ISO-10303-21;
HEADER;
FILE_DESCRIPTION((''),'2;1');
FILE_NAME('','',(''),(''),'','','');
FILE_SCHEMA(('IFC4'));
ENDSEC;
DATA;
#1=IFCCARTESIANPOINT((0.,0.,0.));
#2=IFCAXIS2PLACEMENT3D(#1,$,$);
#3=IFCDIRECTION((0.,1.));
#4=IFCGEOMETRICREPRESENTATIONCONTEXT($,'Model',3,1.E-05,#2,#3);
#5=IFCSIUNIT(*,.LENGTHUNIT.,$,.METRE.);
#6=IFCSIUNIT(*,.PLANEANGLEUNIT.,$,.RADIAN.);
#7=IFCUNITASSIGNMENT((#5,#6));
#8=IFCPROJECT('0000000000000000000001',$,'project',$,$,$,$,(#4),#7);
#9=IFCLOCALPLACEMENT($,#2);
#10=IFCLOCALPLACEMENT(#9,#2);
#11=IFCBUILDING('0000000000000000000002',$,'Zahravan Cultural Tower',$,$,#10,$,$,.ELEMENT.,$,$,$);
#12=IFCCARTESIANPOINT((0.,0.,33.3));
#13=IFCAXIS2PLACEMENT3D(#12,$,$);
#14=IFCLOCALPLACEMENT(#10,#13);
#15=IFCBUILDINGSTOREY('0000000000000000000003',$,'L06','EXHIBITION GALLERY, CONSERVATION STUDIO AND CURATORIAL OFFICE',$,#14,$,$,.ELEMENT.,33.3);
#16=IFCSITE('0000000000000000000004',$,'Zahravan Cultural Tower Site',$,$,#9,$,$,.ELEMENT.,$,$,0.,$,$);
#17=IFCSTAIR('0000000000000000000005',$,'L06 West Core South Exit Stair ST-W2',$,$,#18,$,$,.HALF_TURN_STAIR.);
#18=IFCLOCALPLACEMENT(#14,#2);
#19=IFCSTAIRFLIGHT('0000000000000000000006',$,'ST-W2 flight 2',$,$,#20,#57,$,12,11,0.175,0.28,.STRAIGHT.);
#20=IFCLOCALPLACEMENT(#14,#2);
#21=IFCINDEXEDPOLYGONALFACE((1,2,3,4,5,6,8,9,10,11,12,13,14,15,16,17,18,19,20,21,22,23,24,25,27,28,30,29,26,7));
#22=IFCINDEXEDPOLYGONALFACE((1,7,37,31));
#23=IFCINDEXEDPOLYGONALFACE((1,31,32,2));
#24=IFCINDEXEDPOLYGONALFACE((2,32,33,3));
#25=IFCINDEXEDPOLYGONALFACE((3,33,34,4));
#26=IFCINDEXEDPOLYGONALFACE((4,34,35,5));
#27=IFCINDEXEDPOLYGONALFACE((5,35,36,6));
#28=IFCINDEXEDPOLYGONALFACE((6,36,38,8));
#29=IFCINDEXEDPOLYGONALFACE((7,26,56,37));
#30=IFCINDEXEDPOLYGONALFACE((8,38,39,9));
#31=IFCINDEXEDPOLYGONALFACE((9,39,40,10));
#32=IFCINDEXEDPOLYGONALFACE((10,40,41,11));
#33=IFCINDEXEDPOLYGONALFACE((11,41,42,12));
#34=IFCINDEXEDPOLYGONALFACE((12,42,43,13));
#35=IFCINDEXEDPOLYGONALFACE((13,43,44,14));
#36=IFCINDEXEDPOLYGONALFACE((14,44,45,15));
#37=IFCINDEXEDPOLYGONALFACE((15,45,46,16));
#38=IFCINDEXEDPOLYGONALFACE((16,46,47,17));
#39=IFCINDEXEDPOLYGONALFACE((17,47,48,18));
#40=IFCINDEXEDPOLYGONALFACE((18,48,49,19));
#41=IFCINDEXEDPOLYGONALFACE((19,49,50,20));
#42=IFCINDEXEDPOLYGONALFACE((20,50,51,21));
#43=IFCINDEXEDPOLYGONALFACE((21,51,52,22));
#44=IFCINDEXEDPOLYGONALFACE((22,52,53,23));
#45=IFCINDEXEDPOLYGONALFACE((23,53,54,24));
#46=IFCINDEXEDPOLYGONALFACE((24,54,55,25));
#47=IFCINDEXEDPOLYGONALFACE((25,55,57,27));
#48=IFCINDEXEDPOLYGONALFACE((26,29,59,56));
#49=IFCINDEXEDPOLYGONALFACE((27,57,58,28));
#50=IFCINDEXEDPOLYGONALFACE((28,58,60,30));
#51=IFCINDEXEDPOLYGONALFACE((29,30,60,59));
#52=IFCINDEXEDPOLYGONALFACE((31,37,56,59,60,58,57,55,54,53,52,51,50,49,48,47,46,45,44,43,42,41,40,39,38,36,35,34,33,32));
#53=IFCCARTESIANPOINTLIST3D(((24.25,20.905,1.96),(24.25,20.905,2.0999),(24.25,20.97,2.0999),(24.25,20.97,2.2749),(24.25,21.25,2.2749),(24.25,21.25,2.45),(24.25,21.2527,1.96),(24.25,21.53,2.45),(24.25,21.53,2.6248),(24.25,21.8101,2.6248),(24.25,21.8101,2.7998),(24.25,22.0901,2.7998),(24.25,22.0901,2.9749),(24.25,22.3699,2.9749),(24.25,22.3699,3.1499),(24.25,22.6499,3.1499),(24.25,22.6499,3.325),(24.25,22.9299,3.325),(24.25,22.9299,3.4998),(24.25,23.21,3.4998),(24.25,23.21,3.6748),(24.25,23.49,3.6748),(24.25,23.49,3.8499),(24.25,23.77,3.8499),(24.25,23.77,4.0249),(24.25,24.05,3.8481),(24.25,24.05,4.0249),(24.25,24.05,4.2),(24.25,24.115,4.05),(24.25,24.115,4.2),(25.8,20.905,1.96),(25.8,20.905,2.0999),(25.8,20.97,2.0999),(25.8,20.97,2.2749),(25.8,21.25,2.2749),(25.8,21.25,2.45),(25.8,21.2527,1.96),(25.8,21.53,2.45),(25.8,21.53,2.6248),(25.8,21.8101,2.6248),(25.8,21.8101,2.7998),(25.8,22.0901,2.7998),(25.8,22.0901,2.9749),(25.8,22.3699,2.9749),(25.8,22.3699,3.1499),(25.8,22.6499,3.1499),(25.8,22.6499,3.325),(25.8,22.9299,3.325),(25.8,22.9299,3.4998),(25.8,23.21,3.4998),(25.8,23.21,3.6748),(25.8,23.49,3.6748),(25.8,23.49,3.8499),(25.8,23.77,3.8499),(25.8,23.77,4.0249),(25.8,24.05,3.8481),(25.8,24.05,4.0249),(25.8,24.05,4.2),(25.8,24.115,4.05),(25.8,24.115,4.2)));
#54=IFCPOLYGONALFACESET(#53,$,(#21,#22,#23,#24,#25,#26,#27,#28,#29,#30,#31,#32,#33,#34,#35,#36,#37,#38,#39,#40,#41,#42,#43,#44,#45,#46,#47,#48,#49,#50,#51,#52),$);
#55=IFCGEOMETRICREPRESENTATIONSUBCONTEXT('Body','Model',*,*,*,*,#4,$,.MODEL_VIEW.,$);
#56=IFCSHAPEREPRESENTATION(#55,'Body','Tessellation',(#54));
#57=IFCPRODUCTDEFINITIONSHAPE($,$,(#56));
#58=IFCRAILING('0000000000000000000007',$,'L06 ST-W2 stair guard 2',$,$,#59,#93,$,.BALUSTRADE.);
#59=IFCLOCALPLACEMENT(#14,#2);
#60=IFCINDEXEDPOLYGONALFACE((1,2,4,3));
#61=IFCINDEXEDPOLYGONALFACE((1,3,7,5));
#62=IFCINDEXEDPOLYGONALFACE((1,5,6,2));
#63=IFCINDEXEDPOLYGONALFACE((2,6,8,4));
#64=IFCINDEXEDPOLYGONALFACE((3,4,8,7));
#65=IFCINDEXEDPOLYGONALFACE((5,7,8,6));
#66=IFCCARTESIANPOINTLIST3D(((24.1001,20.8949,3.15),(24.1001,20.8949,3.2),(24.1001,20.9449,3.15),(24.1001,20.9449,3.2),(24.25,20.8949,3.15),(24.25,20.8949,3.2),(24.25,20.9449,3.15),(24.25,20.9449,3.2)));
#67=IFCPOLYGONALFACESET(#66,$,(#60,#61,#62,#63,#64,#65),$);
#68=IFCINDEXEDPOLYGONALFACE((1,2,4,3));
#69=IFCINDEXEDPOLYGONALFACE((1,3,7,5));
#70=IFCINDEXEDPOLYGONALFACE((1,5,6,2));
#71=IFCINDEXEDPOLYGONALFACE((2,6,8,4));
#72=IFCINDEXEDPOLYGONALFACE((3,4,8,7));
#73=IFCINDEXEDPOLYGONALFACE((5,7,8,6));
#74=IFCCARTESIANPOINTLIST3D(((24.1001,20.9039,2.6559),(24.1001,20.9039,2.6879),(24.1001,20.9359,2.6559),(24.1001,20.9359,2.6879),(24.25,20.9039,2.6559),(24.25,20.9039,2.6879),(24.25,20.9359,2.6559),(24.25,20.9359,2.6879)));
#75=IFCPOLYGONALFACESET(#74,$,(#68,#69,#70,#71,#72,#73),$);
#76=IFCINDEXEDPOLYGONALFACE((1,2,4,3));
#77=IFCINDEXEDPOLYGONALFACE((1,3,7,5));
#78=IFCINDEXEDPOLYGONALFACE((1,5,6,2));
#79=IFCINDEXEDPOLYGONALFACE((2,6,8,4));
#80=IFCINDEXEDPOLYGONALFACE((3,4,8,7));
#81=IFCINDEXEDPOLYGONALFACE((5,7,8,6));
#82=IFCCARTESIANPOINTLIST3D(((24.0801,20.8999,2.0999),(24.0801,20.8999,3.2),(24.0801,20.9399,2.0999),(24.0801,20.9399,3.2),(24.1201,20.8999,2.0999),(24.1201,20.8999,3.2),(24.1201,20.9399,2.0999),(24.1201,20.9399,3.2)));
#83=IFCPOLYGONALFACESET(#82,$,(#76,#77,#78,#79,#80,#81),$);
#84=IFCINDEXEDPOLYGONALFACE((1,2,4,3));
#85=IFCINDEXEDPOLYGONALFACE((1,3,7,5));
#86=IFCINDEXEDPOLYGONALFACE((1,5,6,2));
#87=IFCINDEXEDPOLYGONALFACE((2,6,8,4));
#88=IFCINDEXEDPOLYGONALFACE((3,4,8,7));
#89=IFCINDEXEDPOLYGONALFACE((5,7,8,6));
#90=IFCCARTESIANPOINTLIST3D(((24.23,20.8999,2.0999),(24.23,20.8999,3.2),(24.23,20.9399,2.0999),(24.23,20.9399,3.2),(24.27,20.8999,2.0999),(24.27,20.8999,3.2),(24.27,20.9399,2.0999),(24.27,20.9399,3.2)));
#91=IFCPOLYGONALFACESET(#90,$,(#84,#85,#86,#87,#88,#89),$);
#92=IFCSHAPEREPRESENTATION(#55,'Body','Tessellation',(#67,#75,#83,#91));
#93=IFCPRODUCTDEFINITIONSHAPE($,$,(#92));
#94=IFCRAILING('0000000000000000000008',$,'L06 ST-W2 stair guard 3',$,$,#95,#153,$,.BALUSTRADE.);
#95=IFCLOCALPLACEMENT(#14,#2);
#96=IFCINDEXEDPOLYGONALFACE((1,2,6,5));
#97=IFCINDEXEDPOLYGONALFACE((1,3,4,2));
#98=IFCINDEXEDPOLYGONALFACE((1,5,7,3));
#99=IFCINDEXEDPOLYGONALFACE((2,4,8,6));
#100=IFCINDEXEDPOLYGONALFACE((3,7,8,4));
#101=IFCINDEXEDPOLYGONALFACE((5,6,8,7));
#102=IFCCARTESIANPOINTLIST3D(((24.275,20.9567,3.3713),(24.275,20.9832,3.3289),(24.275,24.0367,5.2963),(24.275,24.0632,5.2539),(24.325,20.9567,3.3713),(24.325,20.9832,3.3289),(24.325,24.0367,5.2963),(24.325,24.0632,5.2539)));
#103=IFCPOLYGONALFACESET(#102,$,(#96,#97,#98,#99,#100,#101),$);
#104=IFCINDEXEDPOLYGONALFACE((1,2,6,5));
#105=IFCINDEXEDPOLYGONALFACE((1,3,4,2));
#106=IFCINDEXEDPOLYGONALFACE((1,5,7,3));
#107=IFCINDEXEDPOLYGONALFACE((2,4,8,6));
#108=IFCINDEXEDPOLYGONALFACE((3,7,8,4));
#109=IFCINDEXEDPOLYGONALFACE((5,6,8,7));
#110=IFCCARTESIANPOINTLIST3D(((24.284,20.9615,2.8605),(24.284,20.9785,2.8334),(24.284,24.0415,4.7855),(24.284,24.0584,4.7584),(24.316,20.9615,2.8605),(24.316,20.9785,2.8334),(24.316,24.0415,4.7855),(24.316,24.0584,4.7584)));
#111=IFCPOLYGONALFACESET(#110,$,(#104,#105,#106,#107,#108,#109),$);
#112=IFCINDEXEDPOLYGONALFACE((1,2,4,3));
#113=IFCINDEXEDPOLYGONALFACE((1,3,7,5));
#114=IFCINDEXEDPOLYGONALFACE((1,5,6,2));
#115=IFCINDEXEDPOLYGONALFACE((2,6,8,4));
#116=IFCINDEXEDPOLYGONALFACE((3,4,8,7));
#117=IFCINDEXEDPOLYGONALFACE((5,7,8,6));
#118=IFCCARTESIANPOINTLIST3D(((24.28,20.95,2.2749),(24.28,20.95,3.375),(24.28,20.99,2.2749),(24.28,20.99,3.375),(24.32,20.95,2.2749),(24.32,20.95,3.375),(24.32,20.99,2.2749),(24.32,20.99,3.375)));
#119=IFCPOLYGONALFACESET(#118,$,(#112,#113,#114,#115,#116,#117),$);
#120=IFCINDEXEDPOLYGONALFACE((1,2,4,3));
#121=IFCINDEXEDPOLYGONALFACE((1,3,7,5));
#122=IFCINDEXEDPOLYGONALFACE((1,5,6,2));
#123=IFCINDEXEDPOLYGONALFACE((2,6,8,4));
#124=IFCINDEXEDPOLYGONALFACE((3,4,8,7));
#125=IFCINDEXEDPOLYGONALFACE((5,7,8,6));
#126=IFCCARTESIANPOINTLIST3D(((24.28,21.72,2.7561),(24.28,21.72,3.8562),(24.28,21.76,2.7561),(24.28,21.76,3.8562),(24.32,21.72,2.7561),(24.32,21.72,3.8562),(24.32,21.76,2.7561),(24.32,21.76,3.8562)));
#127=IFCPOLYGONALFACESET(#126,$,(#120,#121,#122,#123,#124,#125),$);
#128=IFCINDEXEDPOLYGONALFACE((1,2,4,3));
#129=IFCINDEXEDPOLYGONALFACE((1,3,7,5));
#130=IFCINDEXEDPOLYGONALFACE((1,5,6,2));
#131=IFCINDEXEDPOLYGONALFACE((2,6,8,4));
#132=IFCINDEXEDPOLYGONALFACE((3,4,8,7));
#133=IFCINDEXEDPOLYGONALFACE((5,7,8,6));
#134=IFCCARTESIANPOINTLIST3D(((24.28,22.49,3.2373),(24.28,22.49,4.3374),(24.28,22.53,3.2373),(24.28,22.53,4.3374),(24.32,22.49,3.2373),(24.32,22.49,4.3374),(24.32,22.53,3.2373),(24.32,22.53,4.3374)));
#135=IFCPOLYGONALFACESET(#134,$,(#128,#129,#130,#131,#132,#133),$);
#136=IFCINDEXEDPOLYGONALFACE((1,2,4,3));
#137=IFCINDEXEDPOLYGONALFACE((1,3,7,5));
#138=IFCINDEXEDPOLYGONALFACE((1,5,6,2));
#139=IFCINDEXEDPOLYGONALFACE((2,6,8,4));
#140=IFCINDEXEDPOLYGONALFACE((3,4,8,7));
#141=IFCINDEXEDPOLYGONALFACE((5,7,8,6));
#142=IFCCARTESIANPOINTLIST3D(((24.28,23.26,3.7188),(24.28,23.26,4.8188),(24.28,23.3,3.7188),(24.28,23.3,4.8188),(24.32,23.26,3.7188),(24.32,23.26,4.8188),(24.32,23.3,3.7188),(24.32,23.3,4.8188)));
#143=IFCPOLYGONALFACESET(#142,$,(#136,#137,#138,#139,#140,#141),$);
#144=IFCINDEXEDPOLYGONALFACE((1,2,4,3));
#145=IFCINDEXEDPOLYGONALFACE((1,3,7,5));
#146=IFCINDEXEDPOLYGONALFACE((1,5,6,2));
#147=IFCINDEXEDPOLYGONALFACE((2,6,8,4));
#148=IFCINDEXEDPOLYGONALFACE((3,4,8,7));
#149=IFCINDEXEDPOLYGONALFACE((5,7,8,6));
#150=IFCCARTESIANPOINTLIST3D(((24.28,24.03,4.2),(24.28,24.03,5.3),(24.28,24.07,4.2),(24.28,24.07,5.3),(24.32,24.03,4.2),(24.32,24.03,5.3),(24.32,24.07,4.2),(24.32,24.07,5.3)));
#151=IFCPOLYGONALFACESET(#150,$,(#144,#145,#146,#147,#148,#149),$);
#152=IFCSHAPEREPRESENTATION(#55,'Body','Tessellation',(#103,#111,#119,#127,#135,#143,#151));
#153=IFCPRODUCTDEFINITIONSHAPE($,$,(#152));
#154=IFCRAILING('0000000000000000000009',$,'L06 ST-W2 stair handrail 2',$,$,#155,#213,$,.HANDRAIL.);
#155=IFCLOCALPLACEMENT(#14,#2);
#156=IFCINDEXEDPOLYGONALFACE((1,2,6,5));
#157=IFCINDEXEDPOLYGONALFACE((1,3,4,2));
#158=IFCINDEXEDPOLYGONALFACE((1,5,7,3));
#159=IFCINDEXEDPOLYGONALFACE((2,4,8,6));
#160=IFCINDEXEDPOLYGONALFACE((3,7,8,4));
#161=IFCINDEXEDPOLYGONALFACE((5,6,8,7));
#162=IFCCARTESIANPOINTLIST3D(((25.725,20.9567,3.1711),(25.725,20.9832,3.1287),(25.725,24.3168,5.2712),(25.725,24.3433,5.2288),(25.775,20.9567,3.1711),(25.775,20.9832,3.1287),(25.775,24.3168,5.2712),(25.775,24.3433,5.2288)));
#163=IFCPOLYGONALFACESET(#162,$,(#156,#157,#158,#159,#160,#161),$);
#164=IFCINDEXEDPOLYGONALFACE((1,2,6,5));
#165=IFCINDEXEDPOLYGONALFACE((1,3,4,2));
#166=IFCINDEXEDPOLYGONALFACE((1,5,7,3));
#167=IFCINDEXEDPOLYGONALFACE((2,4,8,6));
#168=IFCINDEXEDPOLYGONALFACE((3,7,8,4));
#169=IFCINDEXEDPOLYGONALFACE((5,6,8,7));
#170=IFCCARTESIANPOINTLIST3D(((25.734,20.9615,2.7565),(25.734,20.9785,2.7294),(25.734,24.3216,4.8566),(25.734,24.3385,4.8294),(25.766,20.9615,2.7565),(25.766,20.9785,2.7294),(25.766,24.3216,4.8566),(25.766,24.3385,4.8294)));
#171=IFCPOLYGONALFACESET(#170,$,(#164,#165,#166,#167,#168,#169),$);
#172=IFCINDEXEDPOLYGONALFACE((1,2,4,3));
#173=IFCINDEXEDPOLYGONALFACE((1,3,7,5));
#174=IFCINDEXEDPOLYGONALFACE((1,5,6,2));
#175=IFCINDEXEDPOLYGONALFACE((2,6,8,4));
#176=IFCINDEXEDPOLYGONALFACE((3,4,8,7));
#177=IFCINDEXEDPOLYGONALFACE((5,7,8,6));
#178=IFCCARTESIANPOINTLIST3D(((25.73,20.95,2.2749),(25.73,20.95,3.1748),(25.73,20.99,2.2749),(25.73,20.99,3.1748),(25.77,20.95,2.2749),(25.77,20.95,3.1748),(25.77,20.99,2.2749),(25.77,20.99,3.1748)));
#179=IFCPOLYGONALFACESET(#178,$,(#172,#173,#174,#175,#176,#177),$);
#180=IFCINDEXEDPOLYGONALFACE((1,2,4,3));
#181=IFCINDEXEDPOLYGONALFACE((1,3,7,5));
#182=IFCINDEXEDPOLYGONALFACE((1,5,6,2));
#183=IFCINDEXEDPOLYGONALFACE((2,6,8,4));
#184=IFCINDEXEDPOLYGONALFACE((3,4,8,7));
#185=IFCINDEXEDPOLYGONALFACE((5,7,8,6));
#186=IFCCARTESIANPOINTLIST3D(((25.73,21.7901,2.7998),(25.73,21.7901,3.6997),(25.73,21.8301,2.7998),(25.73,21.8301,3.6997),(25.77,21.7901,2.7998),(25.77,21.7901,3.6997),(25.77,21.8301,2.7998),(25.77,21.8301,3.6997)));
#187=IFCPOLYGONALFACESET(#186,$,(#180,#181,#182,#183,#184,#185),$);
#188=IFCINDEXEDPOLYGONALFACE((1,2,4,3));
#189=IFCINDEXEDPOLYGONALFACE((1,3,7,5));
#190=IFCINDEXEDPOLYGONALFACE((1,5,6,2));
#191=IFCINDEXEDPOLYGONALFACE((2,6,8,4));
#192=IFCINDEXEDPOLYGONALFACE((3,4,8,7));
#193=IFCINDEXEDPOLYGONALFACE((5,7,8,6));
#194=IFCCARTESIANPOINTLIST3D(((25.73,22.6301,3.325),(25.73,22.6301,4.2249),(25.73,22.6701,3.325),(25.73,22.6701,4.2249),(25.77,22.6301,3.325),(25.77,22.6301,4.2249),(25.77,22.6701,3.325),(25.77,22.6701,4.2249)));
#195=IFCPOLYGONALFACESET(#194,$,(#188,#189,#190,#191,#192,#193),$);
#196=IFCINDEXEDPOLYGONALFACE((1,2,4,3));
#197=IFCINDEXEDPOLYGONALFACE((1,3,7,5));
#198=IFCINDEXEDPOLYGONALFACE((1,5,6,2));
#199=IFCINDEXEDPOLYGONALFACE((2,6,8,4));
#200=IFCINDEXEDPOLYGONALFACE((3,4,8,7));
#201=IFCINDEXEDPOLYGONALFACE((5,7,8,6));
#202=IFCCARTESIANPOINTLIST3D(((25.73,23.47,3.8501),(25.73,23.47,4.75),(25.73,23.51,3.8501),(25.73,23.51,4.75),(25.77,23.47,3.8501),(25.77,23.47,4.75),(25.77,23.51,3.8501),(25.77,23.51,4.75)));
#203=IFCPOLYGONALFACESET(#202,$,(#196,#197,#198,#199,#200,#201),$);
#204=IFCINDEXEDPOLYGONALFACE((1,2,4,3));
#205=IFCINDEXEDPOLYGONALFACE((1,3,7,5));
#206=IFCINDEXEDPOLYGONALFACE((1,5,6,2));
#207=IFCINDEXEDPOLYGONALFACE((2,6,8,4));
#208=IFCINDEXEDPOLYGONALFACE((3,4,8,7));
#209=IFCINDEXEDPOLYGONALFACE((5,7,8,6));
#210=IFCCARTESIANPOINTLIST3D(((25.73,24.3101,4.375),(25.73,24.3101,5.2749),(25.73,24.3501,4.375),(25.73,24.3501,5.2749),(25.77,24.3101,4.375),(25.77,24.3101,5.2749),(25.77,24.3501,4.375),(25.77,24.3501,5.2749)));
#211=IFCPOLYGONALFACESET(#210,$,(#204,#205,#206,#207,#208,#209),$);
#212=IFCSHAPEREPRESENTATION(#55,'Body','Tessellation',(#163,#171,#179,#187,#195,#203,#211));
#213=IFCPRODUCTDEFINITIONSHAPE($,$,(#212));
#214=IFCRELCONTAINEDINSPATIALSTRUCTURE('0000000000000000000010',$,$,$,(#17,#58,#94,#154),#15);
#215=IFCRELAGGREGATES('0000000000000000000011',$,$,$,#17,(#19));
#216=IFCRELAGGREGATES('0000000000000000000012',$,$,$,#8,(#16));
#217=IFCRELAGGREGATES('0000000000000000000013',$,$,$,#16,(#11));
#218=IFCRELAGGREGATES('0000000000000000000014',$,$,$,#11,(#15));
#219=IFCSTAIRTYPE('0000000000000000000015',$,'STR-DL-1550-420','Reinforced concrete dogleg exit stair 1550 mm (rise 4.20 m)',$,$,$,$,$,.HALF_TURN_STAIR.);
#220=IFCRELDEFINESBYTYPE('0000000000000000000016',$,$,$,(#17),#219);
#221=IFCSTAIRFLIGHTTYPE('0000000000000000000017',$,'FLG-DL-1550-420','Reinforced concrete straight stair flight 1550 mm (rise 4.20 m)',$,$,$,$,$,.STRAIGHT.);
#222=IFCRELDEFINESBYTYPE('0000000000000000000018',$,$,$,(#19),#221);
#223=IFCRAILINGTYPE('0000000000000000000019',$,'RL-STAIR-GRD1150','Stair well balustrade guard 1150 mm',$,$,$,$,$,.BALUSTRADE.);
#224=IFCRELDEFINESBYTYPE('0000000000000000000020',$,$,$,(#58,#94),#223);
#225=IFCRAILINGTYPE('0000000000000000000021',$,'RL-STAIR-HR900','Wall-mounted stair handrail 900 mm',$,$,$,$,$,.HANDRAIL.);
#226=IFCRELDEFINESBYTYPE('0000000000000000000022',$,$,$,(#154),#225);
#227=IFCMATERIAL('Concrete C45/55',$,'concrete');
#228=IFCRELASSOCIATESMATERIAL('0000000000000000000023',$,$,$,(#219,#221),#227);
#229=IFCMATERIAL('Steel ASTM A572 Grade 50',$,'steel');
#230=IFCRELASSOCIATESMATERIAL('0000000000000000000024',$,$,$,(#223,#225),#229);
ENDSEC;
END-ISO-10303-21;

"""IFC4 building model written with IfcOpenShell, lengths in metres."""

from ifc_helpers import new_model, si_unit, direction, frame, origin, origin_2d, place, context, subcontext, project, spatial, polyline, rectangle, outline, extrude, material, type_object, element, aggregate, save


model = new_model("IFC4")

# Units and contexts
model_context = context("Model", 3, precision=1e-05, world=origin(), true_north=direction((0.0, 1.0)))
body_context = subcontext(model_context, "Body", "Model", "MODEL_VIEW")
ifc_project = project(units=[si_unit("LENGTHUNIT", "METRE"), si_unit("PLANEANGLEUNIT", "RADIAN")], contexts=[model_context])

# Site, building, storey
site_placement = place(None, origin())
site = spatial("IfcSite", under=ifc_project, at=site_placement, Name="Zahravan Cultural Tower Site", CompositionType="ELEMENT", RefElevation=0.0)
building_placement = place(site_placement, origin())
building = spatial("IfcBuilding", under=site, at=building_placement, Name="Zahravan Cultural Tower", CompositionType="ELEMENT")
storey_placement = place(building_placement, frame((0.0, 0.0, 33.3)))
storey = spatial("IfcBuildingStorey", under=building, at=storey_placement, Name="L06", Description="EXHIBITION GALLERY, CONSERVATION STUDIO AND CURATORIAL OFFICE", CompositionType="ELEMENT", Elevation=33.3)

# Shared definitions
ifc_material_1 = material(Name="Steel ASTM A572 Grade 50", Category="steel")

# Shared definitions
ifc_material_2 = material(Name="Concrete C45/55", Category="concrete")

# Stair, stair flight
stair_type = type_object("IfcStairType", Name="STR-DL-1550-420", Description="Reinforced concrete dogleg exit stair 1550 mm (rise 4.20 m)", PredefinedType="HALF_TURN_STAIR", material=ifc_material_2)
stair_placement = place(storey_placement, origin())
stair = element("IfcStair", 1, at=stair_placement, inside=storey, type_object=stair_type, Name="L06 West Core South Exit Stair ST-W2", PredefinedType="HALF_TURN_STAIR")
stair_flight_type = type_object("IfcStairFlightType", Name="FLG-DL-1550-420", Description="Reinforced concrete straight stair flight 1550 mm (rise 4.20 m)", PredefinedType="STRAIGHT", material=ifc_material_2)
stair_flight_placement = place(storey_placement, frame((25.0249, 20.97, 2.0999), z_axis=(0.0, 0.0, 1.0), x_axis=(0.0, 1.0, 0.0)))
stair_flight = element("IfcStairFlight", 2, at=stair_flight_placement, type_object=stair_flight_type, Name="ST-W2 flight 2", NumberOfRisers=12, NumberOfTreads=11, PredefinedType="STRAIGHT", RiserHeight=0.175, TreadLength=0.28, context=body_context, shape_type="SweptSolid", body=[
    extrude(outline(polyline([(-0.0649, -0.1399), (-0.0649, 0.0), (0.0, 0.0), (0.0, 0.175), (0.28, 0.175), (0.28, 0.3501), (0.5601, 0.3501), (0.5601, 0.5249), (0.8401, 0.5249), (0.8401, 0.7), (1.1201, 0.7), (1.1201, 0.875), (1.3999, 0.875), (1.3999, 1.05), (1.6799, 1.05), (1.6799, 1.2251), (1.96, 1.2251), (1.96, 1.3999), (2.24, 1.3999), (2.24, 1.575), (2.52, 1.575), (2.52, 1.75), (2.8, 1.75), (2.8, 1.925), (3.0801, 1.925), (3.0801, 2.1001), (3.145, 2.1001), (3.145, 1.9502), (3.0801, 1.7483), (0.2827, -0.1399), (-0.0649, -0.1399)])), frame((0.0, 0.7749, 0.0), z_axis=(0.0, -1.0, 0.0), x_axis=(1.0, 0.0, 0.0)), (0.0, 0.0, 1.0), 1.55),
])
aggregate(stair, [stair_flight])

# Railings
railing_type_1 = type_object("IfcRailingType", Name="RL-STAIR-GRD1150", Description="Stair well balustrade guard 1150 mm", PredefinedType="BALUSTRADE", material=ifc_material_1)
railing_1_placement = place(storey_placement, frame((24.1001, 20.9199, 2.0999)))
element("IfcRailing", 3, at=railing_1_placement, inside=storey, type_object=railing_type_1, Name="L06 ST-W2 stair guard 2", PredefinedType="BALUSTRADE", context=body_context, shape_type="SweptSolid", body=[
    extrude(rectangle(XDim=0.05, YDim=0.05, at=origin_2d()), frame((0.0, 0.0, 1.0752), z_axis=(1.0, 0.0, 0.0), x_axis=(0.0, 1.0, 0.0)), (0.0, 0.0, 1.0), 0.1499),
    extrude(rectangle(XDim=0.032, YDim=0.032, at=origin_2d()), frame((0.0, 0.0, 0.572), z_axis=(1.0, 0.0, 0.0), x_axis=(0.0, 1.0, 0.0)), (0.0, 0.0, 1.0), 0.1499),
    extrude(rectangle(XDim=0.04, YDim=0.04, at=origin_2d()), origin(), (0.0, 0.0, 1.0), 1.1001),
    extrude(rectangle(XDim=0.04, YDim=0.04, at=origin_2d()), frame((0.1499, 0.0, 0.0)), (0.0, 0.0, 1.0), 1.1001),
])
railing_2_placement = place(storey_placement, frame((24.3, 20.97, 2.2749)))
element("IfcRailing", 4, at=railing_2_placement, inside=storey, type_object=railing_type_1, Name="L06 ST-W2 stair guard 3", PredefinedType="BALUSTRADE", context=body_context, shape_type="SweptSolid", body=[
    extrude(rectangle(XDim=0.05, YDim=0.05, at=origin_2d()), frame((0.0, 0.0, 1.0752), z_axis=(0.0, 0.847998, 0.529999), x_axis=(-1.0, 0.0, 0.0)), (0.0, 0.0, 1.0), 3.6321),
    extrude(rectangle(XDim=0.032, YDim=0.032, at=origin_2d()), frame((0.0, 0.0, 0.572), z_axis=(0.0, 0.847998, 0.529999), x_axis=(-1.0, 0.0, 0.0)), (0.0, 0.0, 1.0), 3.6321),
    extrude(rectangle(XDim=0.04, YDim=0.04, at=origin_2d()), origin(), (0.0, 0.0, 1.0), 1.1001),
    extrude(rectangle(XDim=0.04, YDim=0.04, at=origin_2d()), frame((0.0, 0.77, 0.4812)), (0.0, 0.0, 1.0), 1.1001),
    extrude(rectangle(XDim=0.04, YDim=0.04, at=origin_2d()), frame((0.0, 1.54, 0.9624)), (0.0, 0.0, 1.0), 1.1001),
    extrude(rectangle(XDim=0.04, YDim=0.04, at=origin_2d()), frame((0.0, 2.3101, 1.4438)), (0.0, 0.0, 1.0), 1.1001),
    extrude(rectangle(XDim=0.04, YDim=0.04, at=origin_2d()), frame((0.0, 3.0801, 1.925)), (0.0, 0.0, 1.0), 1.1001),
])
railing_type_2 = type_object("IfcRailingType", Name="RL-STAIR-HR900", Description="Wall-mounted stair handrail 900 mm", PredefinedType="HANDRAIL", material=ifc_material_1)
railing_3_placement = place(storey_placement, frame((25.75, 20.97, 2.2749)))
element("IfcRailing", 5, at=railing_3_placement, inside=storey, type_object=railing_type_2, Name="L06 ST-W2 stair handrail 2", PredefinedType="HANDRAIL", context=body_context, shape_type="SweptSolid", body=[
    extrude(rectangle(XDim=0.05, YDim=0.05, at=origin_2d()), frame((0.0, 0.0, 0.875), z_axis=(0.0, 0.847995, 0.530004), x_axis=(-1.0, 0.0, 0.0)), (0.0, 0.0, 1.0), 3.9624),
    extrude(rectangle(XDim=0.032, YDim=0.032, at=origin_2d()), frame((0.0, 0.0, 0.468), z_axis=(0.0, 0.847995, 0.530004), x_axis=(-1.0, 0.0, 0.0)), (0.0, 0.0, 1.0), 3.9624),
    extrude(rectangle(XDim=0.04, YDim=0.04, at=origin_2d()), origin(), (0.0, 0.0, 1.0), 0.8999),
    extrude(rectangle(XDim=0.04, YDim=0.04, at=origin_2d()), frame((0.0, 0.8401, 0.5249)), (0.0, 0.0, 1.0), 0.8999),
    extrude(rectangle(XDim=0.04, YDim=0.04, at=origin_2d()), frame((0.0, 1.6802, 1.05)), (0.0, 0.0, 1.0), 0.8999),
    extrude(rectangle(XDim=0.04, YDim=0.04, at=origin_2d()), frame((0.0, 2.52, 1.5752)), (0.0, 0.0, 1.0), 0.8999),
    extrude(rectangle(XDim=0.04, YDim=0.04, at=origin_2d()), frame((0.0, 3.3601, 2.1001)), (0.0, 0.0, 1.0), 0.8999),
])

save(model, "model.ifc")
